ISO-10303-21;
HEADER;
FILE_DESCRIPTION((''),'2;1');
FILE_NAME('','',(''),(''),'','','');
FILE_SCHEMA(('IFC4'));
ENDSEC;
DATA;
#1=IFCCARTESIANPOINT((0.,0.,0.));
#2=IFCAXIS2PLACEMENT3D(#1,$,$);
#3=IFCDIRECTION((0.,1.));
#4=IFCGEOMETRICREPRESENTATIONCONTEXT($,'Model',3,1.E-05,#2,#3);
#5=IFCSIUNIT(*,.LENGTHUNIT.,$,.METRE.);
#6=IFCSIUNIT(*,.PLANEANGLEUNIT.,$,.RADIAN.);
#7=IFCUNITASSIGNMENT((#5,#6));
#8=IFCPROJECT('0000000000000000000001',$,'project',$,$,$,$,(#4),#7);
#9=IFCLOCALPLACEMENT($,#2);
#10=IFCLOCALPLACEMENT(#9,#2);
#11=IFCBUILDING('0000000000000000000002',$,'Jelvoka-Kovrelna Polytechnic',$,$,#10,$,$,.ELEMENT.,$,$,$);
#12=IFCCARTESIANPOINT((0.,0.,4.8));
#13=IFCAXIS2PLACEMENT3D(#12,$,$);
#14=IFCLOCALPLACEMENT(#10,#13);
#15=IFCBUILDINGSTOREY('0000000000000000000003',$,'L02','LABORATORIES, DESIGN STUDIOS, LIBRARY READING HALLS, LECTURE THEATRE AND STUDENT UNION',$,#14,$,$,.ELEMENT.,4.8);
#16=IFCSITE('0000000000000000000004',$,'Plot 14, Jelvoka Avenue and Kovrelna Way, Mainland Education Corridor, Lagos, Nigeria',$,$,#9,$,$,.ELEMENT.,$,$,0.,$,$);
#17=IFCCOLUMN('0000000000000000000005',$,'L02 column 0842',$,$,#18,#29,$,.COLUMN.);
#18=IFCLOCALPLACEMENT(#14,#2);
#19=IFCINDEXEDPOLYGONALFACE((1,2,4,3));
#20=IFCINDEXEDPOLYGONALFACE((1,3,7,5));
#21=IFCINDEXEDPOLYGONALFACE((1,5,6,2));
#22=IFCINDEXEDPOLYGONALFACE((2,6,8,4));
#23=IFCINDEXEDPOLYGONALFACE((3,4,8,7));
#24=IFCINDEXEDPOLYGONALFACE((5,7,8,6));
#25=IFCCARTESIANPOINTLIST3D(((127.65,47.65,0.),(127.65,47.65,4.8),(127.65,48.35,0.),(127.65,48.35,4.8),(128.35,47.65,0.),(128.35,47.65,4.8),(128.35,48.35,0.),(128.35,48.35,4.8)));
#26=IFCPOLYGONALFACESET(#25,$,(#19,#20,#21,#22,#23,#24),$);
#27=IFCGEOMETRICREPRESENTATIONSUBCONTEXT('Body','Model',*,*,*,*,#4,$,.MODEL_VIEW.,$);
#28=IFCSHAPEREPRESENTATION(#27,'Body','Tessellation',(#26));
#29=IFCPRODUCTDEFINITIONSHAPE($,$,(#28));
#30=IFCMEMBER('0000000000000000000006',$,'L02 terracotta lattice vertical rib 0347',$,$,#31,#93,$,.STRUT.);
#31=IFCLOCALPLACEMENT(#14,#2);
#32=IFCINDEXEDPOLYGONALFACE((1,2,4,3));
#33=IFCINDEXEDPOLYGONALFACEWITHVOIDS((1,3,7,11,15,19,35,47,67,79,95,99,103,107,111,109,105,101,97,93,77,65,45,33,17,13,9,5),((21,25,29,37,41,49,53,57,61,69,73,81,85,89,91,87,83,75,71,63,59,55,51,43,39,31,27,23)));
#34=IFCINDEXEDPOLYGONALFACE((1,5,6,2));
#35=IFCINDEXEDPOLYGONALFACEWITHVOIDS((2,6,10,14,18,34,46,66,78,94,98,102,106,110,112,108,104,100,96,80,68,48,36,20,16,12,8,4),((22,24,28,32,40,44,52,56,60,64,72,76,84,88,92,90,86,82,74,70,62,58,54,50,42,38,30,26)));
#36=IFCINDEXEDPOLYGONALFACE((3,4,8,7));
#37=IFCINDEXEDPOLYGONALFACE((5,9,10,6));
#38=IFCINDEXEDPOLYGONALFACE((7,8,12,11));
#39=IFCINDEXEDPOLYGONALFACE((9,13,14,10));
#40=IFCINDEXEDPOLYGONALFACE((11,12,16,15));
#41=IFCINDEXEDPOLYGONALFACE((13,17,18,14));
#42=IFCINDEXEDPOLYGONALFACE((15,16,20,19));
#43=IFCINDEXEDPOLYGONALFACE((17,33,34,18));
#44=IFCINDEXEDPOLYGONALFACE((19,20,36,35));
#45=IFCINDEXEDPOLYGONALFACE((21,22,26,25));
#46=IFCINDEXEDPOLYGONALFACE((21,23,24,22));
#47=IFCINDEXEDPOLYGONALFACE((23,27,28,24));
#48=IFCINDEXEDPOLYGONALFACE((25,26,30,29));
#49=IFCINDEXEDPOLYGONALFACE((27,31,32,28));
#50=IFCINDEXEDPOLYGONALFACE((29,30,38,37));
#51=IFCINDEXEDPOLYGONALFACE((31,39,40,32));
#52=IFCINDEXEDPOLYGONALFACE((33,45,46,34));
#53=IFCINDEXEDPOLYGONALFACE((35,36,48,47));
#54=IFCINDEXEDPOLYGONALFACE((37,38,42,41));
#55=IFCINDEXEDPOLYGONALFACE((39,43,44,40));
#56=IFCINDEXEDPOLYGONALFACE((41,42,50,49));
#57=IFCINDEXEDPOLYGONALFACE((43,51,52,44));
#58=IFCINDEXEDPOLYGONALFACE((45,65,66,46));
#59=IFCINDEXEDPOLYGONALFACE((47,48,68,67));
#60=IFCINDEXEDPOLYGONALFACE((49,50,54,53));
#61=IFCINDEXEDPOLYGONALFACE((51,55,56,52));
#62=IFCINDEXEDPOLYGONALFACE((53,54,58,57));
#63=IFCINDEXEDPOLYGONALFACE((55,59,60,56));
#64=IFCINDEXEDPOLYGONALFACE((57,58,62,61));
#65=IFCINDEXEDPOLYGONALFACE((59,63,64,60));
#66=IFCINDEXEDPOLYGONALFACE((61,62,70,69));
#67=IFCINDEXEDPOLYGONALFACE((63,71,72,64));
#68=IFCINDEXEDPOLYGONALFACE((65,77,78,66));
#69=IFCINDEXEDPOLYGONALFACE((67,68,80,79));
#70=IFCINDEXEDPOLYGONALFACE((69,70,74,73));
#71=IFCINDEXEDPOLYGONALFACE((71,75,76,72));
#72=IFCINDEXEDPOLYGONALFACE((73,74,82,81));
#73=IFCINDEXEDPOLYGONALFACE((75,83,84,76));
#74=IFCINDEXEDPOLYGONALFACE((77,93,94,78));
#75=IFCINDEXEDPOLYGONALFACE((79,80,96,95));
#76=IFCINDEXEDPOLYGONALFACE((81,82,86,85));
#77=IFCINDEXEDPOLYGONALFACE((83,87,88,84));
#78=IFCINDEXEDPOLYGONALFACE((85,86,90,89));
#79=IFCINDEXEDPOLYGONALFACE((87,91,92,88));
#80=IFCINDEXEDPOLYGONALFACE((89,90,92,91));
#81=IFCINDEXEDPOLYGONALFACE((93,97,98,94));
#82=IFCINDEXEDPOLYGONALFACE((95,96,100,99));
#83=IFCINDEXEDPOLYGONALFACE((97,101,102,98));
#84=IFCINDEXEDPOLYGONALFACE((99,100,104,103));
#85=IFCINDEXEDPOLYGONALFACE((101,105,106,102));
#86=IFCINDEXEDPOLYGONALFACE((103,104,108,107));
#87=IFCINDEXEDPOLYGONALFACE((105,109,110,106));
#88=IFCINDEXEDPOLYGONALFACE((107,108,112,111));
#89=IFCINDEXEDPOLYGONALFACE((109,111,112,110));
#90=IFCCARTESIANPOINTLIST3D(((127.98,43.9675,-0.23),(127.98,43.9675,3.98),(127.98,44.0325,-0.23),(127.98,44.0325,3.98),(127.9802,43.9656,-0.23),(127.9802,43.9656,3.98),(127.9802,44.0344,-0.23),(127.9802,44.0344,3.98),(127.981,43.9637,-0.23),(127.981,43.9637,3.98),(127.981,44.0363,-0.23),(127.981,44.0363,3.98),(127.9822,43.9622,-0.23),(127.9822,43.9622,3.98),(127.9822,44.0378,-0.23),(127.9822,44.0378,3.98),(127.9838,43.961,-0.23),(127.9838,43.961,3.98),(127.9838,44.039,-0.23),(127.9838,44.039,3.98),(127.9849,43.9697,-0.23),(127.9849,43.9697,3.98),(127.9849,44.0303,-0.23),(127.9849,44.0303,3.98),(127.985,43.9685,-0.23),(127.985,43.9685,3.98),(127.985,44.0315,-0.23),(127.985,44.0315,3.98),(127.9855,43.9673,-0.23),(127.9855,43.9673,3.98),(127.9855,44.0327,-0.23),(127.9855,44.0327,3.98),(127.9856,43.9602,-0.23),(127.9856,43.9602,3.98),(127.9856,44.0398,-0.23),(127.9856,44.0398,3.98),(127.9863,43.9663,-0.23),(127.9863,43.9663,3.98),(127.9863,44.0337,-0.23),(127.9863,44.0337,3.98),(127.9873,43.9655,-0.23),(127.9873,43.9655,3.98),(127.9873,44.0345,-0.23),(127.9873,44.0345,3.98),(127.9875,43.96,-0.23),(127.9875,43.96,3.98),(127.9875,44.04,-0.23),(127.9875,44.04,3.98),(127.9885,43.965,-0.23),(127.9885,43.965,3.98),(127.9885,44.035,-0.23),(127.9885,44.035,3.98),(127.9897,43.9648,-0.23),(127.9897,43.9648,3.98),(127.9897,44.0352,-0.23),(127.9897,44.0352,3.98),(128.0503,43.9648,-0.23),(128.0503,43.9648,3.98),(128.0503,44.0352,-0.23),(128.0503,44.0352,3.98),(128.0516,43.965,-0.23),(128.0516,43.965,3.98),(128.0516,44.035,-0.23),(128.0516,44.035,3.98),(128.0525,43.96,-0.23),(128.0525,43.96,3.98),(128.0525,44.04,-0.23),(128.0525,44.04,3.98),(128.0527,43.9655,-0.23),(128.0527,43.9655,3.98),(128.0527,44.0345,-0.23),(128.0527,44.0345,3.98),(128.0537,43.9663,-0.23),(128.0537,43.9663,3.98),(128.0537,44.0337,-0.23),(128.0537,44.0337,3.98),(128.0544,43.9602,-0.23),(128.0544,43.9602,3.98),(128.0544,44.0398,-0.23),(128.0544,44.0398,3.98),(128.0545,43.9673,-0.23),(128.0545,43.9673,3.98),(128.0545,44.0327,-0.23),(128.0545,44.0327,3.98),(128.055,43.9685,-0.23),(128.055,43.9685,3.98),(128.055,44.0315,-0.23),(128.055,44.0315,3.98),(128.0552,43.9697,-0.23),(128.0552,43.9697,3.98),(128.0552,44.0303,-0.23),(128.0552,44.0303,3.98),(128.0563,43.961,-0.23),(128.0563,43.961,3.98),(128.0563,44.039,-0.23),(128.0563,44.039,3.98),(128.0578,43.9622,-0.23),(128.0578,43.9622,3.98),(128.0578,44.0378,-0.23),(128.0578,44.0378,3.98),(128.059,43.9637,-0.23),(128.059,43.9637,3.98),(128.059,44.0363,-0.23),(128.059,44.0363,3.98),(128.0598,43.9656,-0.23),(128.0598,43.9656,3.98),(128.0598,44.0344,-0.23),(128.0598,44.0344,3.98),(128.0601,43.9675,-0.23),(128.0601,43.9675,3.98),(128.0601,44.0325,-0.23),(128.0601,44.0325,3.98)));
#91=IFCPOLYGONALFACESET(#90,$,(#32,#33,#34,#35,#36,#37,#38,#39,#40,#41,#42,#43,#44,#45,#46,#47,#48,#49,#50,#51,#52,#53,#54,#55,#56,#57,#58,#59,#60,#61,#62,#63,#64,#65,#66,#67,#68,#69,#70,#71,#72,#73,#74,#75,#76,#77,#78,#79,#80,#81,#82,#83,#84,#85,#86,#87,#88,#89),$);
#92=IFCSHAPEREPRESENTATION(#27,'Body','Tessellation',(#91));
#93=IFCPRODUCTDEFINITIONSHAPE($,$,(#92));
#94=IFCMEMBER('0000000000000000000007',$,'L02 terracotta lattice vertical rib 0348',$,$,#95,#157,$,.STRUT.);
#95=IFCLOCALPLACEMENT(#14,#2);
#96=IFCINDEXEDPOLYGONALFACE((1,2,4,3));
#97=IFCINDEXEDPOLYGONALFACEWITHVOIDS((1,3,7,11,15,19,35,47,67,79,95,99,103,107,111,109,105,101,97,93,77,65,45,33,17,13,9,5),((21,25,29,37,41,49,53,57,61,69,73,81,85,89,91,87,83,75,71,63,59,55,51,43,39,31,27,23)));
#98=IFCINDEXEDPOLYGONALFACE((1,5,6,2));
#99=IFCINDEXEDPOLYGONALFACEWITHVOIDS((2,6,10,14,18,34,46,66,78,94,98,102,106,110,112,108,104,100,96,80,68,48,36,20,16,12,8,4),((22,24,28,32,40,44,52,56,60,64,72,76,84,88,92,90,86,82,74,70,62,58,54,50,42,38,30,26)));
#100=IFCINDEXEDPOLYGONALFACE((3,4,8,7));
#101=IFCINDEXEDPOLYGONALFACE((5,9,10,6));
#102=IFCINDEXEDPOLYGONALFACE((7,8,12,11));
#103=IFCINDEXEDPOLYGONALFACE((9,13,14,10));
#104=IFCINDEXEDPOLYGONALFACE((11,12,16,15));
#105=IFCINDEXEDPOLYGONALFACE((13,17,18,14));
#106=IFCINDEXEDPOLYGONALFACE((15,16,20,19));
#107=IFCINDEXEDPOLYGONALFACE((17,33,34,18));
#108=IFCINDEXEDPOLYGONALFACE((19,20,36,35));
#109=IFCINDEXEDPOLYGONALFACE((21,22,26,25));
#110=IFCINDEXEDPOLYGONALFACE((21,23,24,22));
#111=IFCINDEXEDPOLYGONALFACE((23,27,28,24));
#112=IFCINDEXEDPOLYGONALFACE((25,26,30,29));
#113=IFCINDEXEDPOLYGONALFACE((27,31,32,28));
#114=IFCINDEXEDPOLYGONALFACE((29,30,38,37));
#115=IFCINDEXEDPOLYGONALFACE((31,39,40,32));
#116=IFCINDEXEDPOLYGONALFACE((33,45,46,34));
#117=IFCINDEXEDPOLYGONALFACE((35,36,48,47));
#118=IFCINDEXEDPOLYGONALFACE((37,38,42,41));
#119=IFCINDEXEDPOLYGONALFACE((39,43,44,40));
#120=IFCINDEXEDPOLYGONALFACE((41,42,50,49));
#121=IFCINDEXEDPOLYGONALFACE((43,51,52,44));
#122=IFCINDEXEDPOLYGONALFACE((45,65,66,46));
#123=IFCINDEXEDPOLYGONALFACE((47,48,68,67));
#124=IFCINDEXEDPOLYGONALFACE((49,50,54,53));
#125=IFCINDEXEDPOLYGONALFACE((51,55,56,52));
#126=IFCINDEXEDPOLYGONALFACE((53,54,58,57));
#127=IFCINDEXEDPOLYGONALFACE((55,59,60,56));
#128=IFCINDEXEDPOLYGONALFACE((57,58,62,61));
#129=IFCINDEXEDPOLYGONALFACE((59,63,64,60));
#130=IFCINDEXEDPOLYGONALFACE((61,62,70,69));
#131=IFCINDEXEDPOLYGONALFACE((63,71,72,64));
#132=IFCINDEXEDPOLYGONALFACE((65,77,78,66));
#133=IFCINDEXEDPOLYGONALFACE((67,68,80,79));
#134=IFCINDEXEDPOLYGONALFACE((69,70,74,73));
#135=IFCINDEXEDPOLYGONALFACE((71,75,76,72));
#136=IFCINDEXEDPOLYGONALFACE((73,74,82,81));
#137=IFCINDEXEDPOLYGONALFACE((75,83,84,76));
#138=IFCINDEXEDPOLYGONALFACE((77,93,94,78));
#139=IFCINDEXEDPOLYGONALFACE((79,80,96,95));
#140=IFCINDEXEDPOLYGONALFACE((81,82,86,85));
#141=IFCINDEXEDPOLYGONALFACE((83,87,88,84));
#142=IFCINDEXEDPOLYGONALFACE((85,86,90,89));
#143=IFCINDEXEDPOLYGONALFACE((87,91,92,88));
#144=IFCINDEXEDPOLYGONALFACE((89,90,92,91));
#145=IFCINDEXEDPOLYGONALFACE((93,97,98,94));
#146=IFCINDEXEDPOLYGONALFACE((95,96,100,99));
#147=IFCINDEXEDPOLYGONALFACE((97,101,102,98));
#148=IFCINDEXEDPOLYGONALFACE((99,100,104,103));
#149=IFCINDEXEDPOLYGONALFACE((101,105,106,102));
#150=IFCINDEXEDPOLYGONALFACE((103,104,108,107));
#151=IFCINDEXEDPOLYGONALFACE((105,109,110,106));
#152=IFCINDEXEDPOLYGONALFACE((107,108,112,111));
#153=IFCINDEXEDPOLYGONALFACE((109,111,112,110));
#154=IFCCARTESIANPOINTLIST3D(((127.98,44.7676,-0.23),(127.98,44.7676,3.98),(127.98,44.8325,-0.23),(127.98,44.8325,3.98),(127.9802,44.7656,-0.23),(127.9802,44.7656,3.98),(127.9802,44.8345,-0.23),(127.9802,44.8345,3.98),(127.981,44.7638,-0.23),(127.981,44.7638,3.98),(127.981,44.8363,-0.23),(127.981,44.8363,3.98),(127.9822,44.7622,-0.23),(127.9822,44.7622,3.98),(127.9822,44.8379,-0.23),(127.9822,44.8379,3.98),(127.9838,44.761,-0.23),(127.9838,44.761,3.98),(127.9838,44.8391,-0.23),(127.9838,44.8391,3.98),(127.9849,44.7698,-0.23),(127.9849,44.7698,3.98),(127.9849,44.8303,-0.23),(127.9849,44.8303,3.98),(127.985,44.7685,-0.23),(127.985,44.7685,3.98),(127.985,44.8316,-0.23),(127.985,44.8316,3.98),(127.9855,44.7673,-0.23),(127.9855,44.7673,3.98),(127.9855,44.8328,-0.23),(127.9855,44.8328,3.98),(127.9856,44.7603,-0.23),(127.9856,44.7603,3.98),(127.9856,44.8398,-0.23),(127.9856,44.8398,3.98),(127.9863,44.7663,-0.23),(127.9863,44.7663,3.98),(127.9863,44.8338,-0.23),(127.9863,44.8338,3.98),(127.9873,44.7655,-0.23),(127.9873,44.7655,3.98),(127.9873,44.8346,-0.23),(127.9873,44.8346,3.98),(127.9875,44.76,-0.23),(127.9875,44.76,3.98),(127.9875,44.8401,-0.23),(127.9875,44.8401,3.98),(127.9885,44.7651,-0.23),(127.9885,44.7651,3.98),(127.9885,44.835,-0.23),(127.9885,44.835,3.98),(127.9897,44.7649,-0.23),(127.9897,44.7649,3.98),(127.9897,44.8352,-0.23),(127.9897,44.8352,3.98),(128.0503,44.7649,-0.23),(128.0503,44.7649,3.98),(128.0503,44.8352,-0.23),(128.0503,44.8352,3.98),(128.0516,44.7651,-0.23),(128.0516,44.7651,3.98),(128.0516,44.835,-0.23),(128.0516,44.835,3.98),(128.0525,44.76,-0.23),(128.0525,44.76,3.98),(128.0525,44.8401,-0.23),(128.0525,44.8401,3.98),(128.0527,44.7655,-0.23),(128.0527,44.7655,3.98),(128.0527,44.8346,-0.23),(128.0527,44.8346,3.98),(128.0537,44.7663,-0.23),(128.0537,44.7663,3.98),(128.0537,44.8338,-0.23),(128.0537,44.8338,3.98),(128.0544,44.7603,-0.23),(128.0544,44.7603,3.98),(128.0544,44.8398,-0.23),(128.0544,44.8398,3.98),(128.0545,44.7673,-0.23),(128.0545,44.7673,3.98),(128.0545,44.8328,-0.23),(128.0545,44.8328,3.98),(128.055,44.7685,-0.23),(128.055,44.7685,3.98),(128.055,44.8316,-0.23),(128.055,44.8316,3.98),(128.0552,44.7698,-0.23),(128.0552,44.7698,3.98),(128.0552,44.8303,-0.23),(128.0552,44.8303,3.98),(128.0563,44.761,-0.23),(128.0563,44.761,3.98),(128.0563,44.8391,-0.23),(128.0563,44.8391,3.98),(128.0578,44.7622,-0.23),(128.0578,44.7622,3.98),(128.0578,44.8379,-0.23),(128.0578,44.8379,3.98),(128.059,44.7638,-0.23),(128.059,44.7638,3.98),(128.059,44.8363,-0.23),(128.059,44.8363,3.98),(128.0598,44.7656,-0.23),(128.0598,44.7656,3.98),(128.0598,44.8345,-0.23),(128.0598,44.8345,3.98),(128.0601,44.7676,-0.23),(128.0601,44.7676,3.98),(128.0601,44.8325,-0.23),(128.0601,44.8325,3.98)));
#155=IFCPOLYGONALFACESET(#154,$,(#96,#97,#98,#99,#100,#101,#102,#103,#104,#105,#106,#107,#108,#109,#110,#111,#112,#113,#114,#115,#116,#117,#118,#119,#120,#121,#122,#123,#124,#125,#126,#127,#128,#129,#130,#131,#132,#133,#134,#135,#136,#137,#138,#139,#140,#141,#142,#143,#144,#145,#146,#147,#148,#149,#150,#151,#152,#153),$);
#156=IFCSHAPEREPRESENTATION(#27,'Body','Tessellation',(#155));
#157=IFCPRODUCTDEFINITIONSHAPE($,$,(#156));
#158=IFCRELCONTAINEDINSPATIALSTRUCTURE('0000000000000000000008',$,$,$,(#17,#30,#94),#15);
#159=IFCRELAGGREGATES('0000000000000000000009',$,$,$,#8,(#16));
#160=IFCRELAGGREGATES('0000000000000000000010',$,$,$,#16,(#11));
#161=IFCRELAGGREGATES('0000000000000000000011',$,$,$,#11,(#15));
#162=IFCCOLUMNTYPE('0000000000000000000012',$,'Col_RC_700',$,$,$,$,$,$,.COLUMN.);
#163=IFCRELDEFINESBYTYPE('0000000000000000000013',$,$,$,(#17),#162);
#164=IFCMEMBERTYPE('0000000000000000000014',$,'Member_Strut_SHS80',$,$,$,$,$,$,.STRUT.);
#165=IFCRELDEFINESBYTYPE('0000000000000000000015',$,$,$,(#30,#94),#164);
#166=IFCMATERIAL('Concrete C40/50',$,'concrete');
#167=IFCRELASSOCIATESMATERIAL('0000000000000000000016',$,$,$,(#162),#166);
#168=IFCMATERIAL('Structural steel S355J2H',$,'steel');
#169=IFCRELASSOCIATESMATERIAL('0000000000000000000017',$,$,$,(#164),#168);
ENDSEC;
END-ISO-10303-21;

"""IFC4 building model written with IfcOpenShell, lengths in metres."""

from ifc_helpers import new_model, si_unit, direction, frame, origin, origin_2d, place, context, subcontext, project, spatial, rectangle, hollow_rectangle, extrude, material, material_profile, profile_set, type_object, element, save


model = new_model("IFC4")

# Units and contexts
model_context = context("Model", 3, precision=1e-05, world=origin(), true_north=direction((0.0, 1.0)))
body_context = subcontext(model_context, "Body", "Model", "MODEL_VIEW")
ifc_project = project(units=[si_unit("LENGTHUNIT", "METRE"), si_unit("PLANEANGLEUNIT", "RADIAN")], contexts=[model_context])

# Site, building, storey
site_placement = place(None, origin())
site = spatial("IfcSite", under=ifc_project, at=site_placement, Name="Plot 14, Jelvoka Avenue and Kovrelna Way, Mainland Education Corridor, Lagos, Nigeria", CompositionType="ELEMENT", RefElevation=0.0)
building_placement = place(site_placement, origin())
building = spatial("IfcBuilding", under=site, at=building_placement, Name="Jelvoka-Kovrelna Polytechnic", CompositionType="ELEMENT")
storey_placement = place(building_placement, frame((0.0, 0.0, 4.8)))
storey = spatial("IfcBuildingStorey", under=building, at=storey_placement, Name="L02", Description="LABORATORIES, DESIGN STUDIOS, LIBRARY READING HALLS, LECTURE THEATRE AND STUDENT UNION", CompositionType="ELEMENT", Elevation=4.8)

# Column
ifc_material_1 = material(Name="Concrete C40/50", Category="concrete")
ifc_material_profile_1 = material_profile(ifc_material_1, rectangle(XDim=0.7, YDim=0.7, at=origin_2d()), Name="RC 700x700")
ifc_profile_set_1 = profile_set([ifc_material_profile_1], Name="Concrete C40/50")
column_type = type_object("IfcColumnType", Name="Col_RC_700", PredefinedType="COLUMN", material=ifc_profile_set_1)
column_placement = place(storey_placement, frame((128.0, 48.0, 0.0), z_axis=(0.0, 0.0, 1.0), x_axis=(1.0, 0.0, 0.0)))
element("IfcColumn", 1, at=column_placement, inside=storey, type_object=column_type, Name="L02 column 0842", PredefinedType="COLUMN", context=body_context, shape_type="SweptSolid", body=[
    extrude(rectangle(XDim=0.7, YDim=0.7, at=origin_2d()), origin(), (0.0, 0.0, 1.0), 4.8),
])

# Members
ifc_material_2 = material(Name="Structural steel S355J2H", Category="steel")
ifc_material_profile_2 = material_profile(ifc_material_2, hollow_rectangle(XDim=0.0801, YDim=0.0801, WallThickness=0.0049, InnerFilletRadius=0.0049, OuterFilletRadius=0.0076, at=origin_2d()), Name="80x80x5.0 SHS")
ifc_profile_set_2 = profile_set([ifc_material_profile_2], Name="Structural steel S355J2H")
member_type = type_object("IfcMemberType", Name="Member_Strut_SHS80", PredefinedType="STRUT", material=ifc_profile_set_2)
for number, where, z_axis, x_axis, name in (
    (2, (128.02, 44.0, -0.23), (0.0, 0.0, 1.0), (1.0, 0.0, 0.0), "L02 terracotta lattice vertical rib 0347"),
    (3, (128.02, 44.8, -0.23), (0.0, 0.0, 1.0), (1.0, 0.0, 0.0), "L02 terracotta lattice vertical rib 0348"),
):
    element("IfcMember", number, at=place(storey_placement, frame(where, z_axis=z_axis, x_axis=x_axis)), inside=storey, type_object=member_type, Name=name, PredefinedType="STRUT", context=body_context, shape_type="SweptSolid", body=[
        extrude(hollow_rectangle(XDim=0.0801, YDim=0.0801, WallThickness=0.0049, InnerFilletRadius=0.0049, OuterFilletRadius=0.0076, at=origin_2d()), origin(), (0.0, 0.0, 1.0), 4.21),
    ])

save(model, "model.ifc")
